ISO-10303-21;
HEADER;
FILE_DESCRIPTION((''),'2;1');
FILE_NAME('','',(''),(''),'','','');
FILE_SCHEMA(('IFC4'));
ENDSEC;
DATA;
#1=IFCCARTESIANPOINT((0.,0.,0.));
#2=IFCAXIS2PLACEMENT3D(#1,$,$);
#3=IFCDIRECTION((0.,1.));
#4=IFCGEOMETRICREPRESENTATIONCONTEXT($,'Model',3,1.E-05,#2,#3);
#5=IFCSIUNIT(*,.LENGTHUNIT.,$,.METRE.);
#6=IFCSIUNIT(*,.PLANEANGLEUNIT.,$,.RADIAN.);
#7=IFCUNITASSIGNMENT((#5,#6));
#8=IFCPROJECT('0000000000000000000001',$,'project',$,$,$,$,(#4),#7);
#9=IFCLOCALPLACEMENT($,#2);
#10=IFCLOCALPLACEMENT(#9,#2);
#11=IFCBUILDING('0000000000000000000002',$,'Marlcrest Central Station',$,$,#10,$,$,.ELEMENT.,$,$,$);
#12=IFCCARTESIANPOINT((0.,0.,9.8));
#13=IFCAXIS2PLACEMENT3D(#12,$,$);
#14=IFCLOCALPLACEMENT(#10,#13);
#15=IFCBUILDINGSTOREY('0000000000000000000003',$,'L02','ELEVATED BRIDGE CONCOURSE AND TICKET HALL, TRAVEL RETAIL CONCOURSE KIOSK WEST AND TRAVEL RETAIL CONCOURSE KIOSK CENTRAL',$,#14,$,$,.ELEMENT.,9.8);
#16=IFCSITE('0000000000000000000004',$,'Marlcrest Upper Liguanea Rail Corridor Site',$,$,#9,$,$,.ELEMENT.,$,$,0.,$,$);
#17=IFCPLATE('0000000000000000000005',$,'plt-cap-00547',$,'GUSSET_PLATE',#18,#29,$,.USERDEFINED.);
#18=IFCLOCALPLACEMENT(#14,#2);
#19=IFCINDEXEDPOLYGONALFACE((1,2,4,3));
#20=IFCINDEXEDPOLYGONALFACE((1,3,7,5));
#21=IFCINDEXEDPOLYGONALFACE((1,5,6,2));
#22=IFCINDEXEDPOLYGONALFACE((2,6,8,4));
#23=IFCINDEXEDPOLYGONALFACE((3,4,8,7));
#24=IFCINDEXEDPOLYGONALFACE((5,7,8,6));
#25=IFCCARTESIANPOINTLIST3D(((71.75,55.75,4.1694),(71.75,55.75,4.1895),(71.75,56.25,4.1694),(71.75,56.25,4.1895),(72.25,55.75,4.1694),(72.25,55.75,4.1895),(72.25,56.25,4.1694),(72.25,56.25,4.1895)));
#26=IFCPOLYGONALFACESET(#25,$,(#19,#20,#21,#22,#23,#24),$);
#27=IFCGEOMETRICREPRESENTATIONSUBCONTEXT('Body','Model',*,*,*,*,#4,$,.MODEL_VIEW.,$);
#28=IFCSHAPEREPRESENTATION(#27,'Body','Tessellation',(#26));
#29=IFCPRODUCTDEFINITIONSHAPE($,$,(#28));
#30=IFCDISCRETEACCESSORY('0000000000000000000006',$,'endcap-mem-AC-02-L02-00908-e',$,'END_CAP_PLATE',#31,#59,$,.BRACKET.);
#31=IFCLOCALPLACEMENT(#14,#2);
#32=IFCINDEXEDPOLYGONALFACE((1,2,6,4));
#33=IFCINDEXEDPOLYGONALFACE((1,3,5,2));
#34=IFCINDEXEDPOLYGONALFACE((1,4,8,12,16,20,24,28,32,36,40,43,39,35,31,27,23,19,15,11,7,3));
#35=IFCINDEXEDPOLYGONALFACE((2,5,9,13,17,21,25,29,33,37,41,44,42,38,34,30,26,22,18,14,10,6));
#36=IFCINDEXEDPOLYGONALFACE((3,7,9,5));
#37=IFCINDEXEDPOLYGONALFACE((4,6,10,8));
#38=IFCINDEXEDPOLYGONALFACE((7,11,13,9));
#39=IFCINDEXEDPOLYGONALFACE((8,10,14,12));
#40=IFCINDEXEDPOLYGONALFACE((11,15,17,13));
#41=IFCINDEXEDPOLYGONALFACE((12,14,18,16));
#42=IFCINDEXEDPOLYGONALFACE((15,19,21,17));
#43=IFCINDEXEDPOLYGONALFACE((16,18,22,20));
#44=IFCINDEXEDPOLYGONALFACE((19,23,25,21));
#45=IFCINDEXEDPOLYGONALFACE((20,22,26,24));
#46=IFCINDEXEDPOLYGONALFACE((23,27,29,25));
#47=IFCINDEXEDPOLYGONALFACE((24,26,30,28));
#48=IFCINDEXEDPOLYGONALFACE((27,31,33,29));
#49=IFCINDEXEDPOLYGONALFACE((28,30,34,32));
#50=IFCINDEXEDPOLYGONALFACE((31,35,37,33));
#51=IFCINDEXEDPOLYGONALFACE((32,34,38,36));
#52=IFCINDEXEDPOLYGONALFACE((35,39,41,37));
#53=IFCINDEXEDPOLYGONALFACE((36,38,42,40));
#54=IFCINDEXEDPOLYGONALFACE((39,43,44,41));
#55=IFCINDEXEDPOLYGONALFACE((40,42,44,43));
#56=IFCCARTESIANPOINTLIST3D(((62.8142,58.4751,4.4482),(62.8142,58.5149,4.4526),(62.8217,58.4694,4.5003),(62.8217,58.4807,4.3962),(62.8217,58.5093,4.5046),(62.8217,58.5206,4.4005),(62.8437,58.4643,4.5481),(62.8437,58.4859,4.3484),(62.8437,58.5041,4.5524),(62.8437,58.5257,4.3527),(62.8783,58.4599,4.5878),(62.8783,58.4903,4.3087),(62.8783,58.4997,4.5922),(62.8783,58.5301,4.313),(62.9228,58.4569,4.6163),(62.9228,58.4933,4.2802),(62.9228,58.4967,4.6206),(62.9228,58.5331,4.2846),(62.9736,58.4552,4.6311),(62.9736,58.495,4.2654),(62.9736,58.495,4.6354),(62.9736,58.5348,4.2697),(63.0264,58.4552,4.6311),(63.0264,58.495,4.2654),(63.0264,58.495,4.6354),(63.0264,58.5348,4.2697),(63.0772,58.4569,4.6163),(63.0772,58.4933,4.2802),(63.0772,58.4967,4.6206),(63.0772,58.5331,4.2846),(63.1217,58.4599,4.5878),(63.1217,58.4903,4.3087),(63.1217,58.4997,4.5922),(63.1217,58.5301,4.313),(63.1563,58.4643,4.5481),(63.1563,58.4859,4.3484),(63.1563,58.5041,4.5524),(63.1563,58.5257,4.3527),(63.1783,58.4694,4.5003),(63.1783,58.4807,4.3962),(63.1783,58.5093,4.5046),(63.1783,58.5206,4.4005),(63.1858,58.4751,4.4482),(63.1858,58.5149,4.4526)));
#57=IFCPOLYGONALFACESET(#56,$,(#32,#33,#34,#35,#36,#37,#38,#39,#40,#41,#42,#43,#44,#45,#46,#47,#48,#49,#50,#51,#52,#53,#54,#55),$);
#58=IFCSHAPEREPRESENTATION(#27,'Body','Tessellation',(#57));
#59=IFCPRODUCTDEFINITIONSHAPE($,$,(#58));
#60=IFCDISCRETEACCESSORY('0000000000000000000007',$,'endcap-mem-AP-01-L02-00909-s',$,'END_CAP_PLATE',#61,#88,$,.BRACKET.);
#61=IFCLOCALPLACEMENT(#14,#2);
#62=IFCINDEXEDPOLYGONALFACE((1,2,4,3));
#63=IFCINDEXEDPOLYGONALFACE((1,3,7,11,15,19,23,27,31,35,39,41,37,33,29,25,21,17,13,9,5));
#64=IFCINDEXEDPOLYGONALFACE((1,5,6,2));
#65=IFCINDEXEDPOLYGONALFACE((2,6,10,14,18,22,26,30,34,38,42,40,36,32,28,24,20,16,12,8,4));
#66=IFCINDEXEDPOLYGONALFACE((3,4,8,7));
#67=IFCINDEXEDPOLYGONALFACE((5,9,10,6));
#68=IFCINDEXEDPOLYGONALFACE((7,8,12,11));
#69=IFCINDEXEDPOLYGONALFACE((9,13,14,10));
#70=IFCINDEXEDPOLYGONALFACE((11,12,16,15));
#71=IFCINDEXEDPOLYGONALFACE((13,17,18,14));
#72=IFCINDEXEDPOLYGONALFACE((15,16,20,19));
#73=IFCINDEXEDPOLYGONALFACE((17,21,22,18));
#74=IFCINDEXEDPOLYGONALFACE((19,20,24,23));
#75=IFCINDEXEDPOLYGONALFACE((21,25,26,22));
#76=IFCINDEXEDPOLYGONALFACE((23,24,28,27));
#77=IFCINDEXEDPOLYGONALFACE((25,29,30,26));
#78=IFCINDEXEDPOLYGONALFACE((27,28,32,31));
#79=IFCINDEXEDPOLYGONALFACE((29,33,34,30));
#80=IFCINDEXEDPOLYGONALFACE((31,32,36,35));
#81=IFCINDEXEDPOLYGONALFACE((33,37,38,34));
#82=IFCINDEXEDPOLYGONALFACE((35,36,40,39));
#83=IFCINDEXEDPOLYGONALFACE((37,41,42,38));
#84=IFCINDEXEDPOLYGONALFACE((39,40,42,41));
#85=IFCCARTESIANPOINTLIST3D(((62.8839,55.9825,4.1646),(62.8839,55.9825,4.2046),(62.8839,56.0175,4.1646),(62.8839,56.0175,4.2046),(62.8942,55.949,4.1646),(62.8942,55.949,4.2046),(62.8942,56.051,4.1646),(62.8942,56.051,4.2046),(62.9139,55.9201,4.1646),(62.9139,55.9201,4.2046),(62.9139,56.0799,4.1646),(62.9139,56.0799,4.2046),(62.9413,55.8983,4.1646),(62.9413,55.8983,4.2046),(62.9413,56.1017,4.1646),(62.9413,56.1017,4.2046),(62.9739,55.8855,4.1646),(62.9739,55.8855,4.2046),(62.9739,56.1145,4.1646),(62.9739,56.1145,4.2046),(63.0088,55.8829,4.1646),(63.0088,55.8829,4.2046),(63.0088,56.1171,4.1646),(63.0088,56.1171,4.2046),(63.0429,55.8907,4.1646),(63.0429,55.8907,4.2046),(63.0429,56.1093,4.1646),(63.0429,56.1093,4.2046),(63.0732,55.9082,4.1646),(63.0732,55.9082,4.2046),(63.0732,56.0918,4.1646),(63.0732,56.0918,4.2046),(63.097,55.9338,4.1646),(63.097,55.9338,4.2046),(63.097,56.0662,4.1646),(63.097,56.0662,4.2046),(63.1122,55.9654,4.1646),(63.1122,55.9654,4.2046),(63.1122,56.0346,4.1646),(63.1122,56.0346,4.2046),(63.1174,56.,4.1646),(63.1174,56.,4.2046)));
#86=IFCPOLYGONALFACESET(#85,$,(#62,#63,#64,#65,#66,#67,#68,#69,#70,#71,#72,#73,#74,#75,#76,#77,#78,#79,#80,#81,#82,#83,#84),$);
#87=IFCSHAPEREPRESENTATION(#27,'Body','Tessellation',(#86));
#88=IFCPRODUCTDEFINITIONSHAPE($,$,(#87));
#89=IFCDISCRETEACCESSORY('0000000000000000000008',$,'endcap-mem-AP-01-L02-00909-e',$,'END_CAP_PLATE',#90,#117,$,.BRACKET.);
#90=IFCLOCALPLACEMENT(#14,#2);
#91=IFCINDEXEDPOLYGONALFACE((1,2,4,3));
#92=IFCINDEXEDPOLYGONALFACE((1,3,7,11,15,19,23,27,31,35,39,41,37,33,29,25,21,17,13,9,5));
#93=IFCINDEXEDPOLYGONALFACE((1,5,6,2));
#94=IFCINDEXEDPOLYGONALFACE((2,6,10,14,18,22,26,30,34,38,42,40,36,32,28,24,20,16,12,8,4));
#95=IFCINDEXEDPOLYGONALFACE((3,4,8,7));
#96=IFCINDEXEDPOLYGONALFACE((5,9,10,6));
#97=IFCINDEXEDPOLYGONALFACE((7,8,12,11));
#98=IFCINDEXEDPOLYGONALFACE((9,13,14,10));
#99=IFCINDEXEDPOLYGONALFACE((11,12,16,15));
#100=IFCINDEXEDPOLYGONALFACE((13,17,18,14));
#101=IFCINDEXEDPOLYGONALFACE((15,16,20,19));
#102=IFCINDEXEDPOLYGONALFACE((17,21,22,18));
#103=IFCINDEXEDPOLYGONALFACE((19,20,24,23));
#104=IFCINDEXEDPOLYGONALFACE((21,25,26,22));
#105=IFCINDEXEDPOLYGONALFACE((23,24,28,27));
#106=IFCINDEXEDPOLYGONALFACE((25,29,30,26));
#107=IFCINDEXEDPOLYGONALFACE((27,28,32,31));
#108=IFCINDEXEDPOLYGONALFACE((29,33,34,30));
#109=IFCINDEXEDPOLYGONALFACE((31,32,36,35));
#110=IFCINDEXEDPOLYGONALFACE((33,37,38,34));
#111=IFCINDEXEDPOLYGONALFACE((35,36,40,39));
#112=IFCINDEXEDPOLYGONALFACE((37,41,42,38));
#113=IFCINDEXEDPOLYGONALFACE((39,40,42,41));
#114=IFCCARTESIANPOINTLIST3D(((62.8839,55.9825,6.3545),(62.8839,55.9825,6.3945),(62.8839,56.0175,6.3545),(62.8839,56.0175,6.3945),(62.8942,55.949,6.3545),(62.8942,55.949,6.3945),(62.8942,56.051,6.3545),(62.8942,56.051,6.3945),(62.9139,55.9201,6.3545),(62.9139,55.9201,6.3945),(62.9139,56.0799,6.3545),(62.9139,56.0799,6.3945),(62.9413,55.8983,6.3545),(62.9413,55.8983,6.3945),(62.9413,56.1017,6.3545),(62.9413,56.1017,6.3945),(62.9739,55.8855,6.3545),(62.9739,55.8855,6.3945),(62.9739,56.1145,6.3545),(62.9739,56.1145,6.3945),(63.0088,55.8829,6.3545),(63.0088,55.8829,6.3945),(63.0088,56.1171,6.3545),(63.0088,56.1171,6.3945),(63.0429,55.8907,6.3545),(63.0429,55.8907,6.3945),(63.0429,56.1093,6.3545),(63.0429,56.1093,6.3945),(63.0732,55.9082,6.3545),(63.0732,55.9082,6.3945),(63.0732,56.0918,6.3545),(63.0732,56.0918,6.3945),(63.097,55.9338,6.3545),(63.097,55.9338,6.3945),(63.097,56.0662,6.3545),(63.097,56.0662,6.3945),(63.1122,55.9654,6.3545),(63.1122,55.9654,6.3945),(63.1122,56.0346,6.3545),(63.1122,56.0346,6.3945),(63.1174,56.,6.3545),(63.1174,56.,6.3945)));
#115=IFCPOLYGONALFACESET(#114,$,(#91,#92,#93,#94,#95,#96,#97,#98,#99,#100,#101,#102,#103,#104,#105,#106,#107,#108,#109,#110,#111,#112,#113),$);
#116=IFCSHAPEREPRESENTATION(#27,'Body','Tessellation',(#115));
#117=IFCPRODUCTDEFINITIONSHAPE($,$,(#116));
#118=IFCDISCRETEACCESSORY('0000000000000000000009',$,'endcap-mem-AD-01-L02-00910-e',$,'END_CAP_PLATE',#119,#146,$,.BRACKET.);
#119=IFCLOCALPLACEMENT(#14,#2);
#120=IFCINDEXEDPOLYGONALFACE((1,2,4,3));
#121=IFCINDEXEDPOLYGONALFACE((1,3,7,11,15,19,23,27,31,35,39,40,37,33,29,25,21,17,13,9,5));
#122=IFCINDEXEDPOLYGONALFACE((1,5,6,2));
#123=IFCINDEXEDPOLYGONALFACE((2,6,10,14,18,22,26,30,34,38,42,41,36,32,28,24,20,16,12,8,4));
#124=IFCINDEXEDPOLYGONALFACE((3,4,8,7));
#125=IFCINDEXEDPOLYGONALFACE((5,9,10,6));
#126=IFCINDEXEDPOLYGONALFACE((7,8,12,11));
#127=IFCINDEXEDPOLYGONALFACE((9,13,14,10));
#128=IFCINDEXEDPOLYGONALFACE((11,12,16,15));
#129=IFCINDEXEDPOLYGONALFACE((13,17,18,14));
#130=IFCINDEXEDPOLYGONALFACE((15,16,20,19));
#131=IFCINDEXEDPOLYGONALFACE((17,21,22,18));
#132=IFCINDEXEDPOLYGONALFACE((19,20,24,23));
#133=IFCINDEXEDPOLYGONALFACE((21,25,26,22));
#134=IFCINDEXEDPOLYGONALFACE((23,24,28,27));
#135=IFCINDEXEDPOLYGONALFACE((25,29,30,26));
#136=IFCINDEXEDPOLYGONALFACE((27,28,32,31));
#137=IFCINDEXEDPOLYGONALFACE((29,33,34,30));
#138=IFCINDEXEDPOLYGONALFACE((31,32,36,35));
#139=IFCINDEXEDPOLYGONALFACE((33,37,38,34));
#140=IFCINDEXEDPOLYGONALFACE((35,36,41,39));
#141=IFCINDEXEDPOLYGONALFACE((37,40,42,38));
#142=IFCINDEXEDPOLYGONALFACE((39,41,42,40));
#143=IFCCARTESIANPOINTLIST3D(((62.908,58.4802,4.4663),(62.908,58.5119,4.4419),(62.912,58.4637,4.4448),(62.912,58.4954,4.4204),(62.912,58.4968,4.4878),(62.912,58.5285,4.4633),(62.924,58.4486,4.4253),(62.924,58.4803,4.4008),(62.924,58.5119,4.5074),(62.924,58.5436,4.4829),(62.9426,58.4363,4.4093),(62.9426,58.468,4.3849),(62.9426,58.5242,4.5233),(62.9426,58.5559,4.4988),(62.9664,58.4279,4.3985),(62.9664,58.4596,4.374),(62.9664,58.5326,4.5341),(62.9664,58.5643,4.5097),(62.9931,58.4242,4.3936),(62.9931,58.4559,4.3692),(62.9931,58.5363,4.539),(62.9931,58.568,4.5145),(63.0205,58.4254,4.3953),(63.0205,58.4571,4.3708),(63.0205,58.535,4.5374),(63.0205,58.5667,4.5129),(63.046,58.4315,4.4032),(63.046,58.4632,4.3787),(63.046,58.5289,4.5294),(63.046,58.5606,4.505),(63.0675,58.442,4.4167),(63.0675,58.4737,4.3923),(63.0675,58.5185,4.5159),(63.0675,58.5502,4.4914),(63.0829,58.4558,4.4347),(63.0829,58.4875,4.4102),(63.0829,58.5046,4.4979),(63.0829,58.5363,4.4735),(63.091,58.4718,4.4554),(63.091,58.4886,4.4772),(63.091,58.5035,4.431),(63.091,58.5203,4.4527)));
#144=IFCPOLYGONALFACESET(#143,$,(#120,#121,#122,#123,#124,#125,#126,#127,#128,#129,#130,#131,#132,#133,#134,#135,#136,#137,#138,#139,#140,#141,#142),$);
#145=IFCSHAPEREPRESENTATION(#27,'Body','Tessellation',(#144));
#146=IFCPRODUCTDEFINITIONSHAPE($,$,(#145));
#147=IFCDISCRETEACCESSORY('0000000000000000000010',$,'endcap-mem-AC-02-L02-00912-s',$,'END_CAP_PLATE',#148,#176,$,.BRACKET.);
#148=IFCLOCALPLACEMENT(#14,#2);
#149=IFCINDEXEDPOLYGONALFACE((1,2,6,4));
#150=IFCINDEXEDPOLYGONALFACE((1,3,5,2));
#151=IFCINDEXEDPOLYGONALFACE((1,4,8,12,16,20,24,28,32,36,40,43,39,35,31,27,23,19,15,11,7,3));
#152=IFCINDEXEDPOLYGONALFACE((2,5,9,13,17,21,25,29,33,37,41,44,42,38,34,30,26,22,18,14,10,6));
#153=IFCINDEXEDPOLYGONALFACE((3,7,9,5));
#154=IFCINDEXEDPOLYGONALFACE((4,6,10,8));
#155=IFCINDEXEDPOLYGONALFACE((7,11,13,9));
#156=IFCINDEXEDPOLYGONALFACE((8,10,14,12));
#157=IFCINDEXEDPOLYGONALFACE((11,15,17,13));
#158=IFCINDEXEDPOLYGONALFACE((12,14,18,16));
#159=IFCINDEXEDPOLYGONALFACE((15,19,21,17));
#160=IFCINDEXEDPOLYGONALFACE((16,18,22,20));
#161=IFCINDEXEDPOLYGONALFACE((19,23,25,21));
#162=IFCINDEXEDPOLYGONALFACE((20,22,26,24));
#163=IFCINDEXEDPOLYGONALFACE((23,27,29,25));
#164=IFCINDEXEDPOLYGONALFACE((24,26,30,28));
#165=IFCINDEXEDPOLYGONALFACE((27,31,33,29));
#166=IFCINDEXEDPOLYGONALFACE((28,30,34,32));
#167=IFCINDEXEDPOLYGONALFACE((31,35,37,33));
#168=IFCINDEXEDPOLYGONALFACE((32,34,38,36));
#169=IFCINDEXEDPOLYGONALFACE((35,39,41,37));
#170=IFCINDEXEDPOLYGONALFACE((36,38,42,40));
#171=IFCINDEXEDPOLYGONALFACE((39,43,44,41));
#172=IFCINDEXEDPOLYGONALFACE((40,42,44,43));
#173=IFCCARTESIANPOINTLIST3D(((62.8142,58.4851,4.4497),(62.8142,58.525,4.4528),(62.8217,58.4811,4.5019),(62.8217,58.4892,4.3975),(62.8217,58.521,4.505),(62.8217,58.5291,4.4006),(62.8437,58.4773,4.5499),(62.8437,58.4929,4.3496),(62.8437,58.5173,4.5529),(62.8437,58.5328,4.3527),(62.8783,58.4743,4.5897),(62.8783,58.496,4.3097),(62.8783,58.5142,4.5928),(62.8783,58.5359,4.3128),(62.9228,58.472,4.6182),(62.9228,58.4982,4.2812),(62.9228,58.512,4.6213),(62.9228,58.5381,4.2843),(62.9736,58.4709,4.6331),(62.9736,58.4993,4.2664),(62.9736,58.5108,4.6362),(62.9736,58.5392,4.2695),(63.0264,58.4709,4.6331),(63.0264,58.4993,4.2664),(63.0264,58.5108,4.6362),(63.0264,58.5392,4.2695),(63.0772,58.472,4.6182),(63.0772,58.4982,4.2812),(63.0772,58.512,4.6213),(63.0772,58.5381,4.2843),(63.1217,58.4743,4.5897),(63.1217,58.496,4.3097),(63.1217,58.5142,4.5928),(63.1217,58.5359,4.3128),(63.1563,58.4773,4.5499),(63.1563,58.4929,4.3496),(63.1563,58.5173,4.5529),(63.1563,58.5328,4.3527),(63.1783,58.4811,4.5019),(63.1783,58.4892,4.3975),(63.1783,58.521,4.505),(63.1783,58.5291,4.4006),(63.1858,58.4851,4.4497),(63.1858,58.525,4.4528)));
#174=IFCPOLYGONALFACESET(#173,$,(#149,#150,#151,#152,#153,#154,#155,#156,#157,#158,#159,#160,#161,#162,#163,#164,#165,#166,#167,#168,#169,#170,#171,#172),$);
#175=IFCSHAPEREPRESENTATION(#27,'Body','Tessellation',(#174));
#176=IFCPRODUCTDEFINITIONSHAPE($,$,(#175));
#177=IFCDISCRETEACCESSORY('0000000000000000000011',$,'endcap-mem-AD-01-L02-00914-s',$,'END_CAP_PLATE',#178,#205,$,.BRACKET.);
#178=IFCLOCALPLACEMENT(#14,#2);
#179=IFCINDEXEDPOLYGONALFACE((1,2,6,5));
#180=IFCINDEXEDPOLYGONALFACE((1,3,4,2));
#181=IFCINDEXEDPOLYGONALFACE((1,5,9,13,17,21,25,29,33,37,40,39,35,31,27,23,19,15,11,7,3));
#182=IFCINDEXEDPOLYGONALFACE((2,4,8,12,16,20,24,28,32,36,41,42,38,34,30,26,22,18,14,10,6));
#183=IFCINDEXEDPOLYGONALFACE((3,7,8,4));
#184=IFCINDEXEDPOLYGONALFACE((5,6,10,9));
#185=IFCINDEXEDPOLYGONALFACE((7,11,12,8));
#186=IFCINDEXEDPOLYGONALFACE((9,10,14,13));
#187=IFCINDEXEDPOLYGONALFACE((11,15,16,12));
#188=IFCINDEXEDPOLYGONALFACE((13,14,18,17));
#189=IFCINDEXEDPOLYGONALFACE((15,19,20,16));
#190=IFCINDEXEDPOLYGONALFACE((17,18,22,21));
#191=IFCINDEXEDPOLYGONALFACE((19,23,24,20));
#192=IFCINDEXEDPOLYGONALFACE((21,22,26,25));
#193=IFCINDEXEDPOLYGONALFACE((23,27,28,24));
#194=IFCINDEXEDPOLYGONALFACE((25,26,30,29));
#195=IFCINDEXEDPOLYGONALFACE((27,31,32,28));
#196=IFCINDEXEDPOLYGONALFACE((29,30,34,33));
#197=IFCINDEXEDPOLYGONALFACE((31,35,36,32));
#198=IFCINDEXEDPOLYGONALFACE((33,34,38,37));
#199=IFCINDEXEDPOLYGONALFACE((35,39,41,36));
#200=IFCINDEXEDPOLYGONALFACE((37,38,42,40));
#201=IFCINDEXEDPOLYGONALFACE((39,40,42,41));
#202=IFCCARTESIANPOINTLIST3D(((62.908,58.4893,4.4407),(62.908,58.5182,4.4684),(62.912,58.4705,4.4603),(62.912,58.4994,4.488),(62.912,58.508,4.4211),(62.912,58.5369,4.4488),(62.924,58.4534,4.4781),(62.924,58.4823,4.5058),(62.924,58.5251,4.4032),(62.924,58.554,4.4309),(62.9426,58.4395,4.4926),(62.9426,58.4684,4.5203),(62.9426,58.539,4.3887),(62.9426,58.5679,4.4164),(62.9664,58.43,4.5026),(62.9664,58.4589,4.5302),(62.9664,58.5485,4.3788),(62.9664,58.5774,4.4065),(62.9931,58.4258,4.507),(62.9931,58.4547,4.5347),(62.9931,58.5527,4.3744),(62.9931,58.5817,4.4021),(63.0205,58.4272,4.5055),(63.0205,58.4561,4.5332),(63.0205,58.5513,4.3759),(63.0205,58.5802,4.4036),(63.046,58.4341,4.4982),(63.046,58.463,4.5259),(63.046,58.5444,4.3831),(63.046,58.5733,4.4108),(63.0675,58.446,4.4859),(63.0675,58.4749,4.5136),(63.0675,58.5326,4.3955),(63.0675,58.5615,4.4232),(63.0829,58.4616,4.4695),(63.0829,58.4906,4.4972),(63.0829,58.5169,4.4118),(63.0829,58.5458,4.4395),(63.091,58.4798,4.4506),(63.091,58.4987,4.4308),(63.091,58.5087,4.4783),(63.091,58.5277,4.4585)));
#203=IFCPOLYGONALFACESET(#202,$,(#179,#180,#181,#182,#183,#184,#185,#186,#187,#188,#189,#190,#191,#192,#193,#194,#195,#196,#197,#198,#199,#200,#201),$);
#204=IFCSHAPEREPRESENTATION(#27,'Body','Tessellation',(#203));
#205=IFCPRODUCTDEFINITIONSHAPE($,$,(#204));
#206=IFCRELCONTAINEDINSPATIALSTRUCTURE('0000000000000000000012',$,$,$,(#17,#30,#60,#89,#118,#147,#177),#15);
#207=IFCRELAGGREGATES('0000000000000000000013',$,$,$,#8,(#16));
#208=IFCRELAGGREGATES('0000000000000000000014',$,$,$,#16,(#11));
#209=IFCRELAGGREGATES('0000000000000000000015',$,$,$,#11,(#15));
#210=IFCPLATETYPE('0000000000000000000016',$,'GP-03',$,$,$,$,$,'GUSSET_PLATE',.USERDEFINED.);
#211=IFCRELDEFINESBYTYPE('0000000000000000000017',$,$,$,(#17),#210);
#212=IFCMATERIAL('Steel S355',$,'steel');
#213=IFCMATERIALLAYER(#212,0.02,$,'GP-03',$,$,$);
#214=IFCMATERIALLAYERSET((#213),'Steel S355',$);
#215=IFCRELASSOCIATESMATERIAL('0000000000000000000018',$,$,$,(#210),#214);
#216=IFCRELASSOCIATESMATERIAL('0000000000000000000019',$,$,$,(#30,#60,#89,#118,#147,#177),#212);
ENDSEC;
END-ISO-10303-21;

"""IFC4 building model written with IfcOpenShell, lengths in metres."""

from ifc_helpers import new_model, si_unit, direction, frame, origin, origin_2d, place, context, subcontext, project, spatial, rectangle, circle, extrude, material, layer, layer_set, type_object, element, save


model = new_model("IFC4")

# Units and contexts
model_context = context("Model", 3, precision=1e-05, world=origin(), true_north=direction((0.0, 1.0)))
body_context = subcontext(model_context, "Body", "Model", "MODEL_VIEW")
ifc_project = project(units=[si_unit("LENGTHUNIT", "METRE"), si_unit("PLANEANGLEUNIT", "RADIAN")], contexts=[model_context])

# Site, building, storey
site_placement = place(None, origin())
site = spatial("IfcSite", under=ifc_project, at=site_placement, Name="Marlcrest Upper Liguanea Rail Corridor Site", CompositionType="ELEMENT", RefElevation=0.0)
building_placement = place(site_placement, origin())
building = spatial("IfcBuilding", under=site, at=building_placement, Name="Marlcrest Central Station", CompositionType="ELEMENT")
storey_placement = place(building_placement, frame((0.0, 0.0, 9.8)))
storey = spatial("IfcBuildingStorey", under=building, at=storey_placement, Name="L02", Description="ELEVATED BRIDGE CONCOURSE AND TICKET HALL, TRAVEL RETAIL CONCOURSE KIOSK WEST AND TRAVEL RETAIL CONCOURSE KIOSK CENTRAL", CompositionType="ELEMENT", Elevation=9.8)

# Shared definitions
ifc_material = material(Name="Steel S355", Category="steel")

# Plate
ifc_layer = layer(ifc_material, 0.02, Name="GP-03")
ifc_layer_set = layer_set([ifc_layer], Name="Steel S355")
plate_type = type_object("IfcPlateType", Name="GP-03", ElementType="GUSSET_PLATE", PredefinedType="USERDEFINED", material=ifc_layer_set)
for number, where, z_axis, x_axis, name in (
    (1, (72.0, 56.0, 4.1694), (0.0, 0.0, 1.0), (1.0, 0.0, 0.0), "plt-cap-00547"),
):
    element("IfcPlate", number, at=place(storey_placement, frame(where, z_axis=z_axis, x_axis=x_axis)), inside=storey, type_object=plate_type, Name=name, ObjectType="GUSSET_PLATE", PredefinedType="USERDEFINED", context=body_context, shape_type="SweptSolid", body=[
        extrude(rectangle(XDim=0.5, YDim=0.5, at=origin_2d()), origin(), (0.0, 0.0, 1.0), 0.02),
    ])

# Discrete accessories
discrete_accessory_1_placement = place(storey_placement, frame((63.0, 58.4751, 4.4482), z_axis=(0.0, 0.994155, 0.107959), x_axis=(-1.0, 0.0, 0.0)))
element("IfcDiscreteAccessory", 2, at=discrete_accessory_1_placement, inside=storey, material=ifc_material, Name="endcap-mem-AC-02-L02-00908-e", ObjectType="END_CAP_PLATE", PredefinedType="BRACKET", context=body_context, shape_type="SweptSolid", body=[
    extrude(circle(Radius=0.1858, at=origin_2d()), origin(), (0.0, 0.0, 1.0), 0.04),
])
for number, where, z_axis, x_axis, name in (
    (3, (63.0, 56.0, 4.1646), (0.0, 0.0, 1.0), (1.0, 0.0, 0.0), "endcap-mem-AP-01-L02-00909-s"),
    (4, (63.0, 56.0, 6.3545), (0.0, 0.0, 1.0), (1.0, 0.0, 0.0), "endcap-mem-AP-01-L02-00909-e"),
):
    element("IfcDiscreteAccessory", number, at=place(storey_placement, frame(where, z_axis=z_axis, x_axis=x_axis)), inside=storey, material=ifc_material, Name=name, ObjectType="END_CAP_PLATE", PredefinedType="BRACKET", context=body_context, shape_type="SweptSolid", body=[
        extrude(circle(Radius=0.1174, at=origin_2d()), origin(), (0.0, 0.0, 1.0), 0.04),
    ])
discrete_accessory_2_placement = place(storey_placement, frame((63.0, 58.4802, 4.4663), z_axis=(0.0, 0.791798, -0.610783), x_axis=(-1.0, 0.0, 0.0)))
element("IfcDiscreteAccessory", 5, at=discrete_accessory_2_placement, inside=storey, material=ifc_material, Name="endcap-mem-AD-01-L02-00910-e", ObjectType="END_CAP_PLATE", PredefinedType="BRACKET", context=body_context, shape_type="SweptSolid", body=[
    extrude(circle(Radius=0.092, at=origin_2d()), origin(), (0.0, 0.0, 1.0), 0.04),
])
discrete_accessory_3_placement = place(storey_placement, frame((63.0, 58.4851, 4.4497), z_axis=(0.0, 0.997007, 0.077307), x_axis=(-1.0, 0.0, 0.0)))
element("IfcDiscreteAccessory", 6, at=discrete_accessory_3_placement, inside=storey, material=ifc_material, Name="endcap-mem-AC-02-L02-00912-s", ObjectType="END_CAP_PLATE", PredefinedType="BRACKET", context=body_context, shape_type="SweptSolid", body=[
    extrude(circle(Radius=0.1858, at=origin_2d()), origin(), (0.0, 0.0, 1.0), 0.04),
])
discrete_accessory_4_placement = place(storey_placement, frame((63.0, 58.4893, 4.4407), z_axis=(0.0, 0.722247, 0.691636), x_axis=(-1.0, 0.0, 0.0)))
element("IfcDiscreteAccessory", 7, at=discrete_accessory_4_placement, inside=storey, material=ifc_material, Name="endcap-mem-AD-01-L02-00914-s", ObjectType="END_CAP_PLATE", PredefinedType="BRACKET", context=body_context, shape_type="SweptSolid", body=[
    extrude(circle(Radius=0.092, at=origin_2d()), origin(), (0.0, 0.0, 1.0), 0.04),
])

save(model, "model.ifc")
